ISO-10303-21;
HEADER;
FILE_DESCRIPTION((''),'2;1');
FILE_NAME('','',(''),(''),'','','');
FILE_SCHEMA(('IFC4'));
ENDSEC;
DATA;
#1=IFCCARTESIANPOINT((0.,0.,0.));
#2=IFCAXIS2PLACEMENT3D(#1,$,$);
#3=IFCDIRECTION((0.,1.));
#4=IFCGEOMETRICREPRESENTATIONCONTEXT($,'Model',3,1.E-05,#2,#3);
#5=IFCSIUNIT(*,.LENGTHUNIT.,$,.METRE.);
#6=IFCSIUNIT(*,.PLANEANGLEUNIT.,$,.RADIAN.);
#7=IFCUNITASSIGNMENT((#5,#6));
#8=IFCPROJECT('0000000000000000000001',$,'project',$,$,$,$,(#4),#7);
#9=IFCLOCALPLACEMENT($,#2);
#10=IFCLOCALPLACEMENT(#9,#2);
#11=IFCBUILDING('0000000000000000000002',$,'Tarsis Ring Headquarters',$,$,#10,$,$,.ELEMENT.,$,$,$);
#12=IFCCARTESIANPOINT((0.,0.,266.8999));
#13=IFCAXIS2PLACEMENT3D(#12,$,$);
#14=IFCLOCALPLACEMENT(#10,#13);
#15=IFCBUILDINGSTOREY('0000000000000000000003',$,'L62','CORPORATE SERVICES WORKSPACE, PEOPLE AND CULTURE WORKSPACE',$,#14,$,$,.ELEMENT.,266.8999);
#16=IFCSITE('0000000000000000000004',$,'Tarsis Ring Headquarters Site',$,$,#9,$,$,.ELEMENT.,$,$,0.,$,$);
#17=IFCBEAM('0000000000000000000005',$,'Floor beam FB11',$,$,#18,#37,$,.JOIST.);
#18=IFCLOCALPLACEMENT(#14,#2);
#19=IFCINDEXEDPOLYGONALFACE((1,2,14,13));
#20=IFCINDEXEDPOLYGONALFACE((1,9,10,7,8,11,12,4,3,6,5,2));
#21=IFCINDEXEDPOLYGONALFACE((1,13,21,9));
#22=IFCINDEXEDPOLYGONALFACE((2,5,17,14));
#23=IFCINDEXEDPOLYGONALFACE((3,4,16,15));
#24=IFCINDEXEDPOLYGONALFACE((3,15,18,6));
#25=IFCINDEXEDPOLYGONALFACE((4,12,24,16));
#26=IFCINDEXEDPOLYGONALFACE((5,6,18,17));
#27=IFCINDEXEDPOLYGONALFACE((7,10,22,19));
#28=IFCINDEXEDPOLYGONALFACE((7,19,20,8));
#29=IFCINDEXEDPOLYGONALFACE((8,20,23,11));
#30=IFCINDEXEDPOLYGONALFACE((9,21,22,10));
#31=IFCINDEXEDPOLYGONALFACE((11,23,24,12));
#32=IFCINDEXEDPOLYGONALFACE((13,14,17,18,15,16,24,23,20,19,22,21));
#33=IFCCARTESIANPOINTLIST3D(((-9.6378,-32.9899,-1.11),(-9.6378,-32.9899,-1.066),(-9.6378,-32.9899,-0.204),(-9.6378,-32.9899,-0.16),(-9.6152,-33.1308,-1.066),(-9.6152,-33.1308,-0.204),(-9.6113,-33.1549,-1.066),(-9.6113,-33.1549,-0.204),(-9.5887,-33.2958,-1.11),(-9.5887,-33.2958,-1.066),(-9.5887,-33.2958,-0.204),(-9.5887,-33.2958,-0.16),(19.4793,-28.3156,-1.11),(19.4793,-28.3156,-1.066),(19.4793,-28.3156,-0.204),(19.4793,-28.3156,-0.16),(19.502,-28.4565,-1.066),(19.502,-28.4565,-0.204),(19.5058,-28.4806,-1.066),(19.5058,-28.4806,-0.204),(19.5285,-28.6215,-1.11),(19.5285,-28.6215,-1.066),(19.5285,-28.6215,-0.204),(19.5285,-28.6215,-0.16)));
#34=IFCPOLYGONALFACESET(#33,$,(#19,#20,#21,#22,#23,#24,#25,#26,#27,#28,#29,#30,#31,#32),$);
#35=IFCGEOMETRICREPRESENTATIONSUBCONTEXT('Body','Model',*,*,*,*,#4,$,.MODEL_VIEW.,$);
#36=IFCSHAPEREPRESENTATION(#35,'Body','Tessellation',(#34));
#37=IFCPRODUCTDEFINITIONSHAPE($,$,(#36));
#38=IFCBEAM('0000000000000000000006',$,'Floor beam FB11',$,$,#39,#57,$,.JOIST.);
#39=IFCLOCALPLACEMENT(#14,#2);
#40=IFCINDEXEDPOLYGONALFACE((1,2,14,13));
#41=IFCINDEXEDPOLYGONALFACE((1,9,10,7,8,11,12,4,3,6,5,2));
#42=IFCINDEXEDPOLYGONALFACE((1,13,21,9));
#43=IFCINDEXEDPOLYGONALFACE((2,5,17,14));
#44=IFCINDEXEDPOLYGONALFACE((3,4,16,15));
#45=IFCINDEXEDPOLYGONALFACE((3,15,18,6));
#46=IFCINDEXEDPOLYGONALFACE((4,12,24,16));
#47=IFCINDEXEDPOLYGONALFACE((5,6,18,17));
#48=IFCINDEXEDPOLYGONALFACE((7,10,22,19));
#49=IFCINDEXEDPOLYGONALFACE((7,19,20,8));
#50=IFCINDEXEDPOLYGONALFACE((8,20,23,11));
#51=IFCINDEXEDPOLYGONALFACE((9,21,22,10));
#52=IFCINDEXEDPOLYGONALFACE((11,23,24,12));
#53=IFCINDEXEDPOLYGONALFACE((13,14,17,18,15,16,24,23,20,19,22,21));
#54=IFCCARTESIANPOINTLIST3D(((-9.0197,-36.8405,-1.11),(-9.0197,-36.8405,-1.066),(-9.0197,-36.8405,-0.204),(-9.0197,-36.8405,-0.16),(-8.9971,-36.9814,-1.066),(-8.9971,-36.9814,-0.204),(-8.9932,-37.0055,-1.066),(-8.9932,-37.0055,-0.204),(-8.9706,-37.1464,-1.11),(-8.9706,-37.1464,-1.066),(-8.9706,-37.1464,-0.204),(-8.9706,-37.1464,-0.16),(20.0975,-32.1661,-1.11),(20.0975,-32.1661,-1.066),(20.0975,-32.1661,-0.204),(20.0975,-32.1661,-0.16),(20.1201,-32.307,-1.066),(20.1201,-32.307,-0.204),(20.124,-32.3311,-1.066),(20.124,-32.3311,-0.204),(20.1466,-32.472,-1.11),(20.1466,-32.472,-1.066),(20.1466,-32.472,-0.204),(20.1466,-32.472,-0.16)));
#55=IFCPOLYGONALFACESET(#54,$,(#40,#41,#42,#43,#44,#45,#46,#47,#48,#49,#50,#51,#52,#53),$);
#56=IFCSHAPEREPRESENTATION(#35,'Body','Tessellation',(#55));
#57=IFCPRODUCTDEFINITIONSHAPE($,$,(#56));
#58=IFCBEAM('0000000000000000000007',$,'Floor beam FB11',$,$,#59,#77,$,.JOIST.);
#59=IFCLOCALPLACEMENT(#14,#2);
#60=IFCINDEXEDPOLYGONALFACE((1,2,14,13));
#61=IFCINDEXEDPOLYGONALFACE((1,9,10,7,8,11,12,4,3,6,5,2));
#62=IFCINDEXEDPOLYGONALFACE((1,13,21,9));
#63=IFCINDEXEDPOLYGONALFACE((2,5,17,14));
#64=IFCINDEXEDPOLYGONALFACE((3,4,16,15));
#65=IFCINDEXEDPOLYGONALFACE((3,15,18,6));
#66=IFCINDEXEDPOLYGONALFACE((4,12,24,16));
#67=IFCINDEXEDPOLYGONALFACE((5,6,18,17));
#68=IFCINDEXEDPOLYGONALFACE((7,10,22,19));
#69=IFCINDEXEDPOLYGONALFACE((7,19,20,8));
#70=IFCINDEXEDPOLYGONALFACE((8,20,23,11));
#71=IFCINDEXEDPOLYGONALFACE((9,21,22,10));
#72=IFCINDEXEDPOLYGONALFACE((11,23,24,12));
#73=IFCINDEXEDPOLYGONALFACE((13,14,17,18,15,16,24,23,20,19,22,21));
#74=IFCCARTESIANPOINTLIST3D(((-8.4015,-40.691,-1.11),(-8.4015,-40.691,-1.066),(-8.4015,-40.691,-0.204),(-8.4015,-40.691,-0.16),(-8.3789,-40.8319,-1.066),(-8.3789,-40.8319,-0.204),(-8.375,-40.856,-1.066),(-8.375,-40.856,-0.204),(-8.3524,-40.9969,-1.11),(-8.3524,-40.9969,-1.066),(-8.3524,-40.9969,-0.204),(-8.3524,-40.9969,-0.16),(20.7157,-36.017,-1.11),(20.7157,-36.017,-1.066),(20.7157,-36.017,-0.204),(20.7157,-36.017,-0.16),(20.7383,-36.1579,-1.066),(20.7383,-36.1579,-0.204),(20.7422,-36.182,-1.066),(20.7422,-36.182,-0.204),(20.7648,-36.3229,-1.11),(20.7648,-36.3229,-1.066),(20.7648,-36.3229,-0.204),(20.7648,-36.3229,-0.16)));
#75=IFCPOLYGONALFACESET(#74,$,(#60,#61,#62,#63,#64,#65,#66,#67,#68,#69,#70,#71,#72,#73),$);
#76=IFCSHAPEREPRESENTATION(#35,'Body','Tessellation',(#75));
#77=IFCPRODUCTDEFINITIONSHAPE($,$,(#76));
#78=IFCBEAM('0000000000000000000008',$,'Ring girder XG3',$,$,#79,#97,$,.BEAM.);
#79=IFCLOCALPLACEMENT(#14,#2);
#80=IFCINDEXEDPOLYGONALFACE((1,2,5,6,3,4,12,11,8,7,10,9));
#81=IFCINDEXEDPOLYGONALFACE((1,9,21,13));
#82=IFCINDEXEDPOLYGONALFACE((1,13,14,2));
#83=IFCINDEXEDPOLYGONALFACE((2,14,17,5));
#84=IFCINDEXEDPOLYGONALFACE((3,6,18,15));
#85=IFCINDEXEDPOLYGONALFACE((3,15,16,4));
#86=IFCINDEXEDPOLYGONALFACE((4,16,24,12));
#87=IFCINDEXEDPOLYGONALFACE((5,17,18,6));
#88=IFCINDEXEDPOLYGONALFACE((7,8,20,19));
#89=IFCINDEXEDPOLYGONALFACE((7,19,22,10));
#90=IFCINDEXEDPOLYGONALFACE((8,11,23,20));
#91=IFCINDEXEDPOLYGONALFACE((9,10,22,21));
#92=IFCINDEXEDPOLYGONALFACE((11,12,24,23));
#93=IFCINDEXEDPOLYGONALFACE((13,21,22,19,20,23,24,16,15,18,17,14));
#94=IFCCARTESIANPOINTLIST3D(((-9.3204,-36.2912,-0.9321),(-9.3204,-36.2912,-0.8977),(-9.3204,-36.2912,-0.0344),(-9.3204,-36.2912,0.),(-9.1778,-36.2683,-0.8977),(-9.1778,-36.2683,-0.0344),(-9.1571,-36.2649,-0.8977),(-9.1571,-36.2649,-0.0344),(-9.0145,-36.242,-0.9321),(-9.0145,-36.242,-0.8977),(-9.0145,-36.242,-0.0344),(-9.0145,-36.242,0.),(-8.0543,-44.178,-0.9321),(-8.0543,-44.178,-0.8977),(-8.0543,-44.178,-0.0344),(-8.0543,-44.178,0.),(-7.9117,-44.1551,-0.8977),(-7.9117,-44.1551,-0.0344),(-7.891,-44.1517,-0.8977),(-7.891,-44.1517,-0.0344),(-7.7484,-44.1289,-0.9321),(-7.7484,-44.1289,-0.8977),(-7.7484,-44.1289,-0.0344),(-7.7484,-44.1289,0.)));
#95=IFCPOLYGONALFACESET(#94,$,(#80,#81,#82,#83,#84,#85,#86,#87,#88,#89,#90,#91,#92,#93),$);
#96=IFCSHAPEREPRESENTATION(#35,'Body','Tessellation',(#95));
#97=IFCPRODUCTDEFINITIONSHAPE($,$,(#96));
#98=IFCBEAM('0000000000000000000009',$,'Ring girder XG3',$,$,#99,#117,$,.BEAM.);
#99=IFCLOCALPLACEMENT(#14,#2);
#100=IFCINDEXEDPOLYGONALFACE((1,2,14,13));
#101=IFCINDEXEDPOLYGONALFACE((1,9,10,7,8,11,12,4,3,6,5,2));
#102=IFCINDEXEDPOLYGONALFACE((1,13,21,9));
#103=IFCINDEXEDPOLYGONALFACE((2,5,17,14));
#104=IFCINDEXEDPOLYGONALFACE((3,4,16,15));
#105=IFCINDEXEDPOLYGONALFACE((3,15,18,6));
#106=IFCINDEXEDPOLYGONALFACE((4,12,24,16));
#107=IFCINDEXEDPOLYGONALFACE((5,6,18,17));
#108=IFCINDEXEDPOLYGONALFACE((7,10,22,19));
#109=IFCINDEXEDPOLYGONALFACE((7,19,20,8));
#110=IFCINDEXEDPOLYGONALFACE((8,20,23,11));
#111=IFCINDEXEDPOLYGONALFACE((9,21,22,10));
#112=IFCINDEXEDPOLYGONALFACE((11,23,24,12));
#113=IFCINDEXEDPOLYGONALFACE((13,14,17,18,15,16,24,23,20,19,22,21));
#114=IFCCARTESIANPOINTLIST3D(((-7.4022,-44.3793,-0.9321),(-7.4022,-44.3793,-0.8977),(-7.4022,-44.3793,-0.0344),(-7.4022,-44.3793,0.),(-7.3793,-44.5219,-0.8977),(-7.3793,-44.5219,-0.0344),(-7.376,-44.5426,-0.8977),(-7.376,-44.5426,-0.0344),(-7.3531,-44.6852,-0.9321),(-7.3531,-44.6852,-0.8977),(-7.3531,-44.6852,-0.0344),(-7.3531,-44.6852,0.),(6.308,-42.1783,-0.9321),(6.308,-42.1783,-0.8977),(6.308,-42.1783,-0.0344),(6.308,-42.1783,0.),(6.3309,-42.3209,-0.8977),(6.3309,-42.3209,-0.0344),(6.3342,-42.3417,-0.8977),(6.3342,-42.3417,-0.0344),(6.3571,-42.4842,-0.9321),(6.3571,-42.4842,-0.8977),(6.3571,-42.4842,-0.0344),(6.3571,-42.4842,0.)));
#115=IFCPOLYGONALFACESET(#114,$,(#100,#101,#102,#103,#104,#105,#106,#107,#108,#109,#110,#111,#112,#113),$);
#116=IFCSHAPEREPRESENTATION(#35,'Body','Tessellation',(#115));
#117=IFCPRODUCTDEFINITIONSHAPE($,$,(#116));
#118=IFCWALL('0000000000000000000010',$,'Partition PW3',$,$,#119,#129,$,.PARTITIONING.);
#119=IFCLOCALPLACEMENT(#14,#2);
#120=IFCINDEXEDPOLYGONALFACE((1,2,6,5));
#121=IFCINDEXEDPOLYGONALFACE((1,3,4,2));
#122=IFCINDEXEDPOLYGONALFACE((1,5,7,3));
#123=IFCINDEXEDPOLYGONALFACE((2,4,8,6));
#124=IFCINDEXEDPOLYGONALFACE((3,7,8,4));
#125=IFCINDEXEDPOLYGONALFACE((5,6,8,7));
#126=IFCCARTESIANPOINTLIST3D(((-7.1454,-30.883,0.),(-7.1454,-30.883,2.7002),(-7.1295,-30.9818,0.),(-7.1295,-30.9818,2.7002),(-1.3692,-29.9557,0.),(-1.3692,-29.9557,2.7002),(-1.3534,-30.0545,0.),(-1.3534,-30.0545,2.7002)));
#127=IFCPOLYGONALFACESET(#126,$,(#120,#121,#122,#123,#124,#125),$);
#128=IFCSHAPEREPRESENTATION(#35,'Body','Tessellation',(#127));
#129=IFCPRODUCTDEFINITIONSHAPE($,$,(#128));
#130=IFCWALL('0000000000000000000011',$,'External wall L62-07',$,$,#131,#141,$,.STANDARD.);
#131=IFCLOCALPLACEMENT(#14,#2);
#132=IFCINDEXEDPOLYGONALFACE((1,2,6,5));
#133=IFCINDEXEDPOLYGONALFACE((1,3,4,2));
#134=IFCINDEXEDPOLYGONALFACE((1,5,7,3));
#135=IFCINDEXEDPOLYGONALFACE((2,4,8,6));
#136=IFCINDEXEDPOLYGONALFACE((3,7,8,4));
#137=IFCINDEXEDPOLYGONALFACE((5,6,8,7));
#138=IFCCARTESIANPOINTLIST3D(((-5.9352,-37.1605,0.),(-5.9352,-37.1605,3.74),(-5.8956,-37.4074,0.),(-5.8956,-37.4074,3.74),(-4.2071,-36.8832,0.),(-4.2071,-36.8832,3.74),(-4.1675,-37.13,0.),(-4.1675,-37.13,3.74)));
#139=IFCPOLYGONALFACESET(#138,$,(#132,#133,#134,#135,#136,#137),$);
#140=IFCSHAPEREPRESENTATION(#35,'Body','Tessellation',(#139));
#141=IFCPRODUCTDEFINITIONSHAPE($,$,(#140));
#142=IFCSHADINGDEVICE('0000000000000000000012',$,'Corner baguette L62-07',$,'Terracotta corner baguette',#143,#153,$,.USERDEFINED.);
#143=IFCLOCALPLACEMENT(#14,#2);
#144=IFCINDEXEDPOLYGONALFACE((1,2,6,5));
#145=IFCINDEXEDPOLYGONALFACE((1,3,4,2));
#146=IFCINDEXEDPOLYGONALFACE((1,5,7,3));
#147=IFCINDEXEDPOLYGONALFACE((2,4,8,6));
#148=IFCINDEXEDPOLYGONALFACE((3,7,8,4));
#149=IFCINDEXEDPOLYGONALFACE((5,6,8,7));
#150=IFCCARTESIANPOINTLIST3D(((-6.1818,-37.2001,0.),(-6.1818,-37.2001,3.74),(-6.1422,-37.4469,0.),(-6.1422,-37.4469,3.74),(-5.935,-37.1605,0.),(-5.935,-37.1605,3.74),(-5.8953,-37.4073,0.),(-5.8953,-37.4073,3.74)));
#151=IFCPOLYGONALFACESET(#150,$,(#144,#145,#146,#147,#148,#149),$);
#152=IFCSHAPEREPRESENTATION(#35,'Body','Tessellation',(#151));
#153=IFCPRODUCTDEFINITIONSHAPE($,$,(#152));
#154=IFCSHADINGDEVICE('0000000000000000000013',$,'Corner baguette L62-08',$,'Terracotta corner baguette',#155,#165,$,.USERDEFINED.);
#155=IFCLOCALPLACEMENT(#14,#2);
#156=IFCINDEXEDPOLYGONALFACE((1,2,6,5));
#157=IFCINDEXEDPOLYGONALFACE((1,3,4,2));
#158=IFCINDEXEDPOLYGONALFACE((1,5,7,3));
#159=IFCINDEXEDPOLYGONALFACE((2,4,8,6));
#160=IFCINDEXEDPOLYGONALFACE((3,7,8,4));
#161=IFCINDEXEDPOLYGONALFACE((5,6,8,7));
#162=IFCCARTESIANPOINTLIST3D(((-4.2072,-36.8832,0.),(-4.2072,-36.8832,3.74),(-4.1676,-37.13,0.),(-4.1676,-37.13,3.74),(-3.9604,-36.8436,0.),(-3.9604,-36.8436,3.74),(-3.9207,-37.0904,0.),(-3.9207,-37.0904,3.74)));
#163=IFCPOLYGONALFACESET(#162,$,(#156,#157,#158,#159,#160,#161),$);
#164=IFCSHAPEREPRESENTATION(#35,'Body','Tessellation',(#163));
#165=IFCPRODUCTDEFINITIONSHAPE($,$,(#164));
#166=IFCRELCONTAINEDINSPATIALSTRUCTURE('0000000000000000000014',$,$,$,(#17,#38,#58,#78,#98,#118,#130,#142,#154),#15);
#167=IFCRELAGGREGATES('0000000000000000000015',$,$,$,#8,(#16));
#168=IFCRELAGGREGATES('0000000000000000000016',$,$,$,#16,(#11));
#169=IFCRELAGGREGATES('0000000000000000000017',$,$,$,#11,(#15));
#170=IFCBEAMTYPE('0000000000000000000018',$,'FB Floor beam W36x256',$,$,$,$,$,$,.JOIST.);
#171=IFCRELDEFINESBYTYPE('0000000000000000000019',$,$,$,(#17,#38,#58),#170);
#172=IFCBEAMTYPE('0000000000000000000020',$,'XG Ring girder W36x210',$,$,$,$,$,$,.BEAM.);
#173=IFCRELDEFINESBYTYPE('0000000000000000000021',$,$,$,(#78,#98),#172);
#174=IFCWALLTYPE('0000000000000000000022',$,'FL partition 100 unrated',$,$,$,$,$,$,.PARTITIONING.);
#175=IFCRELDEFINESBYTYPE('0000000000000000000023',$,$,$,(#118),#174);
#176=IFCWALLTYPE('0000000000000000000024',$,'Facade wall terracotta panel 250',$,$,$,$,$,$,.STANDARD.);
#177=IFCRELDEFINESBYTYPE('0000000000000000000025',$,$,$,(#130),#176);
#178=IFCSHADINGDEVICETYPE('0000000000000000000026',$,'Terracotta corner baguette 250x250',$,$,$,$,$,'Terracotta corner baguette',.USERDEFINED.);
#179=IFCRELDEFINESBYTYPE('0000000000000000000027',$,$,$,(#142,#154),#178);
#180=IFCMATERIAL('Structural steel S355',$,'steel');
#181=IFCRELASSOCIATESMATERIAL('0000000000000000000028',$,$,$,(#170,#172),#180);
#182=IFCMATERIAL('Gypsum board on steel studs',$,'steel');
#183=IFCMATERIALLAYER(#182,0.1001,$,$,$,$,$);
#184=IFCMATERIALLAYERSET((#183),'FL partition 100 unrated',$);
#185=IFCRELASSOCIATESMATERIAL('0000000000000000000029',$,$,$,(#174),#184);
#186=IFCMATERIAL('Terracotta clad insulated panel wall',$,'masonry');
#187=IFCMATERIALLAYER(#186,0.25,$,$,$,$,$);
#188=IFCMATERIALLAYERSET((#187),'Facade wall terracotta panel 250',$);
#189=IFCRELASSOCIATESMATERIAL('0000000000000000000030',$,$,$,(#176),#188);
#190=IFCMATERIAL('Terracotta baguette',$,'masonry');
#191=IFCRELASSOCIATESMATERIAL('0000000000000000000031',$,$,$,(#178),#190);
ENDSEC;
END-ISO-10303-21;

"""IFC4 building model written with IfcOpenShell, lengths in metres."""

from ifc_helpers import new_model, si_unit, direction, frame, frame_2d, origin, origin_2d, place, context, subcontext, project, spatial, rectangle, i_section, extrude, material, layer, layer_set, material_profile, profile_set, type_object, element, save


model = new_model("IFC4")

# Units and contexts
model_context = context("Model", 3, precision=1e-05, world=origin(), true_north=direction((0.0, 1.0)))
body_context = subcontext(model_context, "Body", "Model", "MODEL_VIEW")
ifc_project = project(units=[si_unit("LENGTHUNIT", "METRE"), si_unit("PLANEANGLEUNIT", "RADIAN")], contexts=[model_context])

# Site, building, storey
site_placement = place(None, origin())
site = spatial("IfcSite", under=ifc_project, at=site_placement, Name="Tarsis Ring Headquarters Site", CompositionType="ELEMENT", RefElevation=0.0)
building_placement = place(site_placement, origin())
building = spatial("IfcBuilding", under=site, at=building_placement, Name="Tarsis Ring Headquarters", CompositionType="ELEMENT")
storey_placement = place(building_placement, frame((0.0, 0.0, 266.8999)))
storey = spatial("IfcBuildingStorey", under=building, at=storey_placement, Name="L62", Description="CORPORATE SERVICES WORKSPACE, PEOPLE AND CULTURE WORKSPACE", CompositionType="ELEMENT", Elevation=266.8999)

# Shared definitions
ifc_material_1 = material(Name="Structural steel S355", Category="steel")

# Beams
ifc_material_profile_1 = material_profile(ifc_material_1, i_section(OverallWidth=0.3098, OverallDepth=0.95, WebThickness=0.0244, FlangeThickness=0.0439, at=origin_2d()), Name="W36x256")
ifc_profile_set_1 = profile_set([ifc_material_profile_1], Name="Structural steel S355")
beam_type_1 = type_object("IfcBeamType", Name="FB Floor beam W36x256", PredefinedType="JOIST", material=ifc_profile_set_1)
for number, where, z_axis, x_axis, name in (
    (1, (-9.6133, -33.1428, -0.635), (0.987358, 0.158505, 0.0), (-0.158505, 0.987358, 0.0), "Floor beam FB11"),
    (2, (-8.9951, -36.9934, -0.635), (0.987358, 0.158505, 0.0), (-0.158505, 0.987358, 0.0), "Floor beam FB11"),
    (3, (-8.377, -40.844, -0.635), (0.987359, 0.158497, 0.0), (-0.158497, 0.987359, 0.0), "Floor beam FB11"),
):
    element("IfcBeam", number, at=place(storey_placement, frame(where, z_axis=z_axis, x_axis=x_axis)), inside=storey, type_object=beam_type_1, Name=name, PredefinedType="JOIST", context=body_context, shape_type="SweptSolid", body=[
        extrude(i_section(OverallWidth=0.3098, OverallDepth=0.95, WebThickness=0.0244, FlangeThickness=0.0439, at=origin_2d()), origin(), (0.0, 0.0, 1.0), 29.49),
    ])
ifc_material_profile_2 = material_profile(ifc_material_1, i_section(OverallWidth=0.3098, OverallDepth=0.9321, WebThickness=0.021, FlangeThickness=0.0344, at=origin_2d()), Name="W36x210")
ifc_profile_set_2 = profile_set([ifc_material_profile_2], Name="Structural steel S355")
beam_type_2 = type_object("IfcBeamType", Name="XG Ring girder W36x210", PredefinedType="BEAM", material=ifc_profile_set_2)
beam_1_placement = place(storey_placement, frame((-9.1675, -36.2666, -0.4661), z_axis=(0.158508, -0.987358, 0.0), x_axis=(0.987358, 0.158508, 0.0)))
element("IfcBeam", 4, at=beam_1_placement, inside=storey, type_object=beam_type_2, Name="Ring girder XG3", PredefinedType="BEAM", context=body_context, shape_type="SweptSolid", body=[
    extrude(i_section(OverallWidth=0.3098, OverallDepth=0.9321, WebThickness=0.021, FlangeThickness=0.0344, at=origin_2d()), origin(), (0.0, 0.0, 1.0), 7.9878),
])
beam_2_placement = place(storey_placement, frame((-7.3777, -44.5322, -0.4661), z_axis=(0.987359, 0.158503, 0.0), x_axis=(-0.158503, 0.987359, 0.0)))
element("IfcBeam", 5, at=beam_2_placement, inside=storey, type_object=beam_type_2, Name="Ring girder XG3", PredefinedType="BEAM", context=body_context, shape_type="SweptSolid", body=[
    extrude(i_section(OverallWidth=0.3098, OverallDepth=0.9321, WebThickness=0.021, FlangeThickness=0.0344, at=origin_2d()), origin(), (0.0, 0.0, 1.0), 13.8857),
])

# Walls
ifc_material_2 = material(Name="Gypsum board on steel studs", Category="steel")
ifc_layer_1 = layer(ifc_material_2, 0.1001)
ifc_layer_set_1 = layer_set([ifc_layer_1], Name="FL partition 100 unrated")
wall_type_1 = type_object("IfcWallType", Name="FL partition 100 unrated", PredefinedType="PARTITIONING", material=ifc_layer_set_1)
wall_1_placement = place(storey_placement, frame((-7.1375, -30.9324, 0.0), z_axis=(0.0, 0.0, 1.0), x_axis=(0.987359, 0.158502, 0.0)))
element("IfcWall", 6, at=wall_1_placement, inside=storey, type_object=wall_type_1, Name="Partition PW3", PredefinedType="PARTITIONING", context=body_context, shape_type="SweptSolid", body=[
    extrude(rectangle(XDim=5.8501, YDim=0.1001, at=frame_2d((2.925, 0.0))), origin(), (0.0, 0.0, 1.0), 2.7002),
])
ifc_material_3 = material(Name="Terracotta clad insulated panel wall", Category="masonry")
ifc_layer_2 = layer(ifc_material_3, 0.25)
ifc_layer_set_2 = layer_set([ifc_layer_2], Name="Facade wall terracotta panel 250")
wall_type_2 = type_object("IfcWallType", Name="Facade wall terracotta panel 250", PredefinedType="STANDARD", material=ifc_layer_set_2)
wall_2_placement = place(storey_placement, frame((-5.9153, -37.2839, 0.0), z_axis=(0.0, 0.0, 1.0), x_axis=(0.987364, 0.158469, 0.0)))
element("IfcWall", 7, at=wall_2_placement, inside=storey, type_object=wall_type_2, Name="External wall L62-07", PredefinedType="STANDARD", context=body_context, shape_type="SweptSolid", body=[
    extrude(rectangle(XDim=1.7502, YDim=0.25, at=frame_2d((0.875, 0.0))), origin(), (0.0, 0.0, 1.0), 3.74),
])

# Shading devices
ifc_material_4 = material(Name="Terracotta baguette", Category="masonry")
shading_device_type_1 = type_object("IfcShadingDeviceType", Name="Terracotta corner baguette 250x250", ElementType="Terracotta corner baguette", PredefinedType="USERDEFINED", material=ifc_material_4)
for number, where, z_axis, x_axis, name in (
    (8, (-6.0386, -37.3037, 0.0), (0.0, 0.0, 1.0), (0.158503, -0.987359, 0.0), "Corner baguette L62-07"),
    (9, (-4.064, -36.9868, 0.0), (0.0, 0.0, 1.0), (0.987359, 0.158503, 0.0), "Corner baguette L62-08"),
):
    element("IfcShadingDevice", number, at=place(storey_placement, frame(where, z_axis=z_axis, x_axis=x_axis)), inside=storey, type_object=shading_device_type_1, Name=name, ObjectType="Terracotta corner baguette", PredefinedType="USERDEFINED", context=body_context, shape_type="SweptSolid", body=[
        extrude(rectangle(XDim=0.25, YDim=0.25, at=origin_2d()), origin(), (0.0, 0.0, 1.0), 3.74),
    ])

save(model, "model.ifc")
